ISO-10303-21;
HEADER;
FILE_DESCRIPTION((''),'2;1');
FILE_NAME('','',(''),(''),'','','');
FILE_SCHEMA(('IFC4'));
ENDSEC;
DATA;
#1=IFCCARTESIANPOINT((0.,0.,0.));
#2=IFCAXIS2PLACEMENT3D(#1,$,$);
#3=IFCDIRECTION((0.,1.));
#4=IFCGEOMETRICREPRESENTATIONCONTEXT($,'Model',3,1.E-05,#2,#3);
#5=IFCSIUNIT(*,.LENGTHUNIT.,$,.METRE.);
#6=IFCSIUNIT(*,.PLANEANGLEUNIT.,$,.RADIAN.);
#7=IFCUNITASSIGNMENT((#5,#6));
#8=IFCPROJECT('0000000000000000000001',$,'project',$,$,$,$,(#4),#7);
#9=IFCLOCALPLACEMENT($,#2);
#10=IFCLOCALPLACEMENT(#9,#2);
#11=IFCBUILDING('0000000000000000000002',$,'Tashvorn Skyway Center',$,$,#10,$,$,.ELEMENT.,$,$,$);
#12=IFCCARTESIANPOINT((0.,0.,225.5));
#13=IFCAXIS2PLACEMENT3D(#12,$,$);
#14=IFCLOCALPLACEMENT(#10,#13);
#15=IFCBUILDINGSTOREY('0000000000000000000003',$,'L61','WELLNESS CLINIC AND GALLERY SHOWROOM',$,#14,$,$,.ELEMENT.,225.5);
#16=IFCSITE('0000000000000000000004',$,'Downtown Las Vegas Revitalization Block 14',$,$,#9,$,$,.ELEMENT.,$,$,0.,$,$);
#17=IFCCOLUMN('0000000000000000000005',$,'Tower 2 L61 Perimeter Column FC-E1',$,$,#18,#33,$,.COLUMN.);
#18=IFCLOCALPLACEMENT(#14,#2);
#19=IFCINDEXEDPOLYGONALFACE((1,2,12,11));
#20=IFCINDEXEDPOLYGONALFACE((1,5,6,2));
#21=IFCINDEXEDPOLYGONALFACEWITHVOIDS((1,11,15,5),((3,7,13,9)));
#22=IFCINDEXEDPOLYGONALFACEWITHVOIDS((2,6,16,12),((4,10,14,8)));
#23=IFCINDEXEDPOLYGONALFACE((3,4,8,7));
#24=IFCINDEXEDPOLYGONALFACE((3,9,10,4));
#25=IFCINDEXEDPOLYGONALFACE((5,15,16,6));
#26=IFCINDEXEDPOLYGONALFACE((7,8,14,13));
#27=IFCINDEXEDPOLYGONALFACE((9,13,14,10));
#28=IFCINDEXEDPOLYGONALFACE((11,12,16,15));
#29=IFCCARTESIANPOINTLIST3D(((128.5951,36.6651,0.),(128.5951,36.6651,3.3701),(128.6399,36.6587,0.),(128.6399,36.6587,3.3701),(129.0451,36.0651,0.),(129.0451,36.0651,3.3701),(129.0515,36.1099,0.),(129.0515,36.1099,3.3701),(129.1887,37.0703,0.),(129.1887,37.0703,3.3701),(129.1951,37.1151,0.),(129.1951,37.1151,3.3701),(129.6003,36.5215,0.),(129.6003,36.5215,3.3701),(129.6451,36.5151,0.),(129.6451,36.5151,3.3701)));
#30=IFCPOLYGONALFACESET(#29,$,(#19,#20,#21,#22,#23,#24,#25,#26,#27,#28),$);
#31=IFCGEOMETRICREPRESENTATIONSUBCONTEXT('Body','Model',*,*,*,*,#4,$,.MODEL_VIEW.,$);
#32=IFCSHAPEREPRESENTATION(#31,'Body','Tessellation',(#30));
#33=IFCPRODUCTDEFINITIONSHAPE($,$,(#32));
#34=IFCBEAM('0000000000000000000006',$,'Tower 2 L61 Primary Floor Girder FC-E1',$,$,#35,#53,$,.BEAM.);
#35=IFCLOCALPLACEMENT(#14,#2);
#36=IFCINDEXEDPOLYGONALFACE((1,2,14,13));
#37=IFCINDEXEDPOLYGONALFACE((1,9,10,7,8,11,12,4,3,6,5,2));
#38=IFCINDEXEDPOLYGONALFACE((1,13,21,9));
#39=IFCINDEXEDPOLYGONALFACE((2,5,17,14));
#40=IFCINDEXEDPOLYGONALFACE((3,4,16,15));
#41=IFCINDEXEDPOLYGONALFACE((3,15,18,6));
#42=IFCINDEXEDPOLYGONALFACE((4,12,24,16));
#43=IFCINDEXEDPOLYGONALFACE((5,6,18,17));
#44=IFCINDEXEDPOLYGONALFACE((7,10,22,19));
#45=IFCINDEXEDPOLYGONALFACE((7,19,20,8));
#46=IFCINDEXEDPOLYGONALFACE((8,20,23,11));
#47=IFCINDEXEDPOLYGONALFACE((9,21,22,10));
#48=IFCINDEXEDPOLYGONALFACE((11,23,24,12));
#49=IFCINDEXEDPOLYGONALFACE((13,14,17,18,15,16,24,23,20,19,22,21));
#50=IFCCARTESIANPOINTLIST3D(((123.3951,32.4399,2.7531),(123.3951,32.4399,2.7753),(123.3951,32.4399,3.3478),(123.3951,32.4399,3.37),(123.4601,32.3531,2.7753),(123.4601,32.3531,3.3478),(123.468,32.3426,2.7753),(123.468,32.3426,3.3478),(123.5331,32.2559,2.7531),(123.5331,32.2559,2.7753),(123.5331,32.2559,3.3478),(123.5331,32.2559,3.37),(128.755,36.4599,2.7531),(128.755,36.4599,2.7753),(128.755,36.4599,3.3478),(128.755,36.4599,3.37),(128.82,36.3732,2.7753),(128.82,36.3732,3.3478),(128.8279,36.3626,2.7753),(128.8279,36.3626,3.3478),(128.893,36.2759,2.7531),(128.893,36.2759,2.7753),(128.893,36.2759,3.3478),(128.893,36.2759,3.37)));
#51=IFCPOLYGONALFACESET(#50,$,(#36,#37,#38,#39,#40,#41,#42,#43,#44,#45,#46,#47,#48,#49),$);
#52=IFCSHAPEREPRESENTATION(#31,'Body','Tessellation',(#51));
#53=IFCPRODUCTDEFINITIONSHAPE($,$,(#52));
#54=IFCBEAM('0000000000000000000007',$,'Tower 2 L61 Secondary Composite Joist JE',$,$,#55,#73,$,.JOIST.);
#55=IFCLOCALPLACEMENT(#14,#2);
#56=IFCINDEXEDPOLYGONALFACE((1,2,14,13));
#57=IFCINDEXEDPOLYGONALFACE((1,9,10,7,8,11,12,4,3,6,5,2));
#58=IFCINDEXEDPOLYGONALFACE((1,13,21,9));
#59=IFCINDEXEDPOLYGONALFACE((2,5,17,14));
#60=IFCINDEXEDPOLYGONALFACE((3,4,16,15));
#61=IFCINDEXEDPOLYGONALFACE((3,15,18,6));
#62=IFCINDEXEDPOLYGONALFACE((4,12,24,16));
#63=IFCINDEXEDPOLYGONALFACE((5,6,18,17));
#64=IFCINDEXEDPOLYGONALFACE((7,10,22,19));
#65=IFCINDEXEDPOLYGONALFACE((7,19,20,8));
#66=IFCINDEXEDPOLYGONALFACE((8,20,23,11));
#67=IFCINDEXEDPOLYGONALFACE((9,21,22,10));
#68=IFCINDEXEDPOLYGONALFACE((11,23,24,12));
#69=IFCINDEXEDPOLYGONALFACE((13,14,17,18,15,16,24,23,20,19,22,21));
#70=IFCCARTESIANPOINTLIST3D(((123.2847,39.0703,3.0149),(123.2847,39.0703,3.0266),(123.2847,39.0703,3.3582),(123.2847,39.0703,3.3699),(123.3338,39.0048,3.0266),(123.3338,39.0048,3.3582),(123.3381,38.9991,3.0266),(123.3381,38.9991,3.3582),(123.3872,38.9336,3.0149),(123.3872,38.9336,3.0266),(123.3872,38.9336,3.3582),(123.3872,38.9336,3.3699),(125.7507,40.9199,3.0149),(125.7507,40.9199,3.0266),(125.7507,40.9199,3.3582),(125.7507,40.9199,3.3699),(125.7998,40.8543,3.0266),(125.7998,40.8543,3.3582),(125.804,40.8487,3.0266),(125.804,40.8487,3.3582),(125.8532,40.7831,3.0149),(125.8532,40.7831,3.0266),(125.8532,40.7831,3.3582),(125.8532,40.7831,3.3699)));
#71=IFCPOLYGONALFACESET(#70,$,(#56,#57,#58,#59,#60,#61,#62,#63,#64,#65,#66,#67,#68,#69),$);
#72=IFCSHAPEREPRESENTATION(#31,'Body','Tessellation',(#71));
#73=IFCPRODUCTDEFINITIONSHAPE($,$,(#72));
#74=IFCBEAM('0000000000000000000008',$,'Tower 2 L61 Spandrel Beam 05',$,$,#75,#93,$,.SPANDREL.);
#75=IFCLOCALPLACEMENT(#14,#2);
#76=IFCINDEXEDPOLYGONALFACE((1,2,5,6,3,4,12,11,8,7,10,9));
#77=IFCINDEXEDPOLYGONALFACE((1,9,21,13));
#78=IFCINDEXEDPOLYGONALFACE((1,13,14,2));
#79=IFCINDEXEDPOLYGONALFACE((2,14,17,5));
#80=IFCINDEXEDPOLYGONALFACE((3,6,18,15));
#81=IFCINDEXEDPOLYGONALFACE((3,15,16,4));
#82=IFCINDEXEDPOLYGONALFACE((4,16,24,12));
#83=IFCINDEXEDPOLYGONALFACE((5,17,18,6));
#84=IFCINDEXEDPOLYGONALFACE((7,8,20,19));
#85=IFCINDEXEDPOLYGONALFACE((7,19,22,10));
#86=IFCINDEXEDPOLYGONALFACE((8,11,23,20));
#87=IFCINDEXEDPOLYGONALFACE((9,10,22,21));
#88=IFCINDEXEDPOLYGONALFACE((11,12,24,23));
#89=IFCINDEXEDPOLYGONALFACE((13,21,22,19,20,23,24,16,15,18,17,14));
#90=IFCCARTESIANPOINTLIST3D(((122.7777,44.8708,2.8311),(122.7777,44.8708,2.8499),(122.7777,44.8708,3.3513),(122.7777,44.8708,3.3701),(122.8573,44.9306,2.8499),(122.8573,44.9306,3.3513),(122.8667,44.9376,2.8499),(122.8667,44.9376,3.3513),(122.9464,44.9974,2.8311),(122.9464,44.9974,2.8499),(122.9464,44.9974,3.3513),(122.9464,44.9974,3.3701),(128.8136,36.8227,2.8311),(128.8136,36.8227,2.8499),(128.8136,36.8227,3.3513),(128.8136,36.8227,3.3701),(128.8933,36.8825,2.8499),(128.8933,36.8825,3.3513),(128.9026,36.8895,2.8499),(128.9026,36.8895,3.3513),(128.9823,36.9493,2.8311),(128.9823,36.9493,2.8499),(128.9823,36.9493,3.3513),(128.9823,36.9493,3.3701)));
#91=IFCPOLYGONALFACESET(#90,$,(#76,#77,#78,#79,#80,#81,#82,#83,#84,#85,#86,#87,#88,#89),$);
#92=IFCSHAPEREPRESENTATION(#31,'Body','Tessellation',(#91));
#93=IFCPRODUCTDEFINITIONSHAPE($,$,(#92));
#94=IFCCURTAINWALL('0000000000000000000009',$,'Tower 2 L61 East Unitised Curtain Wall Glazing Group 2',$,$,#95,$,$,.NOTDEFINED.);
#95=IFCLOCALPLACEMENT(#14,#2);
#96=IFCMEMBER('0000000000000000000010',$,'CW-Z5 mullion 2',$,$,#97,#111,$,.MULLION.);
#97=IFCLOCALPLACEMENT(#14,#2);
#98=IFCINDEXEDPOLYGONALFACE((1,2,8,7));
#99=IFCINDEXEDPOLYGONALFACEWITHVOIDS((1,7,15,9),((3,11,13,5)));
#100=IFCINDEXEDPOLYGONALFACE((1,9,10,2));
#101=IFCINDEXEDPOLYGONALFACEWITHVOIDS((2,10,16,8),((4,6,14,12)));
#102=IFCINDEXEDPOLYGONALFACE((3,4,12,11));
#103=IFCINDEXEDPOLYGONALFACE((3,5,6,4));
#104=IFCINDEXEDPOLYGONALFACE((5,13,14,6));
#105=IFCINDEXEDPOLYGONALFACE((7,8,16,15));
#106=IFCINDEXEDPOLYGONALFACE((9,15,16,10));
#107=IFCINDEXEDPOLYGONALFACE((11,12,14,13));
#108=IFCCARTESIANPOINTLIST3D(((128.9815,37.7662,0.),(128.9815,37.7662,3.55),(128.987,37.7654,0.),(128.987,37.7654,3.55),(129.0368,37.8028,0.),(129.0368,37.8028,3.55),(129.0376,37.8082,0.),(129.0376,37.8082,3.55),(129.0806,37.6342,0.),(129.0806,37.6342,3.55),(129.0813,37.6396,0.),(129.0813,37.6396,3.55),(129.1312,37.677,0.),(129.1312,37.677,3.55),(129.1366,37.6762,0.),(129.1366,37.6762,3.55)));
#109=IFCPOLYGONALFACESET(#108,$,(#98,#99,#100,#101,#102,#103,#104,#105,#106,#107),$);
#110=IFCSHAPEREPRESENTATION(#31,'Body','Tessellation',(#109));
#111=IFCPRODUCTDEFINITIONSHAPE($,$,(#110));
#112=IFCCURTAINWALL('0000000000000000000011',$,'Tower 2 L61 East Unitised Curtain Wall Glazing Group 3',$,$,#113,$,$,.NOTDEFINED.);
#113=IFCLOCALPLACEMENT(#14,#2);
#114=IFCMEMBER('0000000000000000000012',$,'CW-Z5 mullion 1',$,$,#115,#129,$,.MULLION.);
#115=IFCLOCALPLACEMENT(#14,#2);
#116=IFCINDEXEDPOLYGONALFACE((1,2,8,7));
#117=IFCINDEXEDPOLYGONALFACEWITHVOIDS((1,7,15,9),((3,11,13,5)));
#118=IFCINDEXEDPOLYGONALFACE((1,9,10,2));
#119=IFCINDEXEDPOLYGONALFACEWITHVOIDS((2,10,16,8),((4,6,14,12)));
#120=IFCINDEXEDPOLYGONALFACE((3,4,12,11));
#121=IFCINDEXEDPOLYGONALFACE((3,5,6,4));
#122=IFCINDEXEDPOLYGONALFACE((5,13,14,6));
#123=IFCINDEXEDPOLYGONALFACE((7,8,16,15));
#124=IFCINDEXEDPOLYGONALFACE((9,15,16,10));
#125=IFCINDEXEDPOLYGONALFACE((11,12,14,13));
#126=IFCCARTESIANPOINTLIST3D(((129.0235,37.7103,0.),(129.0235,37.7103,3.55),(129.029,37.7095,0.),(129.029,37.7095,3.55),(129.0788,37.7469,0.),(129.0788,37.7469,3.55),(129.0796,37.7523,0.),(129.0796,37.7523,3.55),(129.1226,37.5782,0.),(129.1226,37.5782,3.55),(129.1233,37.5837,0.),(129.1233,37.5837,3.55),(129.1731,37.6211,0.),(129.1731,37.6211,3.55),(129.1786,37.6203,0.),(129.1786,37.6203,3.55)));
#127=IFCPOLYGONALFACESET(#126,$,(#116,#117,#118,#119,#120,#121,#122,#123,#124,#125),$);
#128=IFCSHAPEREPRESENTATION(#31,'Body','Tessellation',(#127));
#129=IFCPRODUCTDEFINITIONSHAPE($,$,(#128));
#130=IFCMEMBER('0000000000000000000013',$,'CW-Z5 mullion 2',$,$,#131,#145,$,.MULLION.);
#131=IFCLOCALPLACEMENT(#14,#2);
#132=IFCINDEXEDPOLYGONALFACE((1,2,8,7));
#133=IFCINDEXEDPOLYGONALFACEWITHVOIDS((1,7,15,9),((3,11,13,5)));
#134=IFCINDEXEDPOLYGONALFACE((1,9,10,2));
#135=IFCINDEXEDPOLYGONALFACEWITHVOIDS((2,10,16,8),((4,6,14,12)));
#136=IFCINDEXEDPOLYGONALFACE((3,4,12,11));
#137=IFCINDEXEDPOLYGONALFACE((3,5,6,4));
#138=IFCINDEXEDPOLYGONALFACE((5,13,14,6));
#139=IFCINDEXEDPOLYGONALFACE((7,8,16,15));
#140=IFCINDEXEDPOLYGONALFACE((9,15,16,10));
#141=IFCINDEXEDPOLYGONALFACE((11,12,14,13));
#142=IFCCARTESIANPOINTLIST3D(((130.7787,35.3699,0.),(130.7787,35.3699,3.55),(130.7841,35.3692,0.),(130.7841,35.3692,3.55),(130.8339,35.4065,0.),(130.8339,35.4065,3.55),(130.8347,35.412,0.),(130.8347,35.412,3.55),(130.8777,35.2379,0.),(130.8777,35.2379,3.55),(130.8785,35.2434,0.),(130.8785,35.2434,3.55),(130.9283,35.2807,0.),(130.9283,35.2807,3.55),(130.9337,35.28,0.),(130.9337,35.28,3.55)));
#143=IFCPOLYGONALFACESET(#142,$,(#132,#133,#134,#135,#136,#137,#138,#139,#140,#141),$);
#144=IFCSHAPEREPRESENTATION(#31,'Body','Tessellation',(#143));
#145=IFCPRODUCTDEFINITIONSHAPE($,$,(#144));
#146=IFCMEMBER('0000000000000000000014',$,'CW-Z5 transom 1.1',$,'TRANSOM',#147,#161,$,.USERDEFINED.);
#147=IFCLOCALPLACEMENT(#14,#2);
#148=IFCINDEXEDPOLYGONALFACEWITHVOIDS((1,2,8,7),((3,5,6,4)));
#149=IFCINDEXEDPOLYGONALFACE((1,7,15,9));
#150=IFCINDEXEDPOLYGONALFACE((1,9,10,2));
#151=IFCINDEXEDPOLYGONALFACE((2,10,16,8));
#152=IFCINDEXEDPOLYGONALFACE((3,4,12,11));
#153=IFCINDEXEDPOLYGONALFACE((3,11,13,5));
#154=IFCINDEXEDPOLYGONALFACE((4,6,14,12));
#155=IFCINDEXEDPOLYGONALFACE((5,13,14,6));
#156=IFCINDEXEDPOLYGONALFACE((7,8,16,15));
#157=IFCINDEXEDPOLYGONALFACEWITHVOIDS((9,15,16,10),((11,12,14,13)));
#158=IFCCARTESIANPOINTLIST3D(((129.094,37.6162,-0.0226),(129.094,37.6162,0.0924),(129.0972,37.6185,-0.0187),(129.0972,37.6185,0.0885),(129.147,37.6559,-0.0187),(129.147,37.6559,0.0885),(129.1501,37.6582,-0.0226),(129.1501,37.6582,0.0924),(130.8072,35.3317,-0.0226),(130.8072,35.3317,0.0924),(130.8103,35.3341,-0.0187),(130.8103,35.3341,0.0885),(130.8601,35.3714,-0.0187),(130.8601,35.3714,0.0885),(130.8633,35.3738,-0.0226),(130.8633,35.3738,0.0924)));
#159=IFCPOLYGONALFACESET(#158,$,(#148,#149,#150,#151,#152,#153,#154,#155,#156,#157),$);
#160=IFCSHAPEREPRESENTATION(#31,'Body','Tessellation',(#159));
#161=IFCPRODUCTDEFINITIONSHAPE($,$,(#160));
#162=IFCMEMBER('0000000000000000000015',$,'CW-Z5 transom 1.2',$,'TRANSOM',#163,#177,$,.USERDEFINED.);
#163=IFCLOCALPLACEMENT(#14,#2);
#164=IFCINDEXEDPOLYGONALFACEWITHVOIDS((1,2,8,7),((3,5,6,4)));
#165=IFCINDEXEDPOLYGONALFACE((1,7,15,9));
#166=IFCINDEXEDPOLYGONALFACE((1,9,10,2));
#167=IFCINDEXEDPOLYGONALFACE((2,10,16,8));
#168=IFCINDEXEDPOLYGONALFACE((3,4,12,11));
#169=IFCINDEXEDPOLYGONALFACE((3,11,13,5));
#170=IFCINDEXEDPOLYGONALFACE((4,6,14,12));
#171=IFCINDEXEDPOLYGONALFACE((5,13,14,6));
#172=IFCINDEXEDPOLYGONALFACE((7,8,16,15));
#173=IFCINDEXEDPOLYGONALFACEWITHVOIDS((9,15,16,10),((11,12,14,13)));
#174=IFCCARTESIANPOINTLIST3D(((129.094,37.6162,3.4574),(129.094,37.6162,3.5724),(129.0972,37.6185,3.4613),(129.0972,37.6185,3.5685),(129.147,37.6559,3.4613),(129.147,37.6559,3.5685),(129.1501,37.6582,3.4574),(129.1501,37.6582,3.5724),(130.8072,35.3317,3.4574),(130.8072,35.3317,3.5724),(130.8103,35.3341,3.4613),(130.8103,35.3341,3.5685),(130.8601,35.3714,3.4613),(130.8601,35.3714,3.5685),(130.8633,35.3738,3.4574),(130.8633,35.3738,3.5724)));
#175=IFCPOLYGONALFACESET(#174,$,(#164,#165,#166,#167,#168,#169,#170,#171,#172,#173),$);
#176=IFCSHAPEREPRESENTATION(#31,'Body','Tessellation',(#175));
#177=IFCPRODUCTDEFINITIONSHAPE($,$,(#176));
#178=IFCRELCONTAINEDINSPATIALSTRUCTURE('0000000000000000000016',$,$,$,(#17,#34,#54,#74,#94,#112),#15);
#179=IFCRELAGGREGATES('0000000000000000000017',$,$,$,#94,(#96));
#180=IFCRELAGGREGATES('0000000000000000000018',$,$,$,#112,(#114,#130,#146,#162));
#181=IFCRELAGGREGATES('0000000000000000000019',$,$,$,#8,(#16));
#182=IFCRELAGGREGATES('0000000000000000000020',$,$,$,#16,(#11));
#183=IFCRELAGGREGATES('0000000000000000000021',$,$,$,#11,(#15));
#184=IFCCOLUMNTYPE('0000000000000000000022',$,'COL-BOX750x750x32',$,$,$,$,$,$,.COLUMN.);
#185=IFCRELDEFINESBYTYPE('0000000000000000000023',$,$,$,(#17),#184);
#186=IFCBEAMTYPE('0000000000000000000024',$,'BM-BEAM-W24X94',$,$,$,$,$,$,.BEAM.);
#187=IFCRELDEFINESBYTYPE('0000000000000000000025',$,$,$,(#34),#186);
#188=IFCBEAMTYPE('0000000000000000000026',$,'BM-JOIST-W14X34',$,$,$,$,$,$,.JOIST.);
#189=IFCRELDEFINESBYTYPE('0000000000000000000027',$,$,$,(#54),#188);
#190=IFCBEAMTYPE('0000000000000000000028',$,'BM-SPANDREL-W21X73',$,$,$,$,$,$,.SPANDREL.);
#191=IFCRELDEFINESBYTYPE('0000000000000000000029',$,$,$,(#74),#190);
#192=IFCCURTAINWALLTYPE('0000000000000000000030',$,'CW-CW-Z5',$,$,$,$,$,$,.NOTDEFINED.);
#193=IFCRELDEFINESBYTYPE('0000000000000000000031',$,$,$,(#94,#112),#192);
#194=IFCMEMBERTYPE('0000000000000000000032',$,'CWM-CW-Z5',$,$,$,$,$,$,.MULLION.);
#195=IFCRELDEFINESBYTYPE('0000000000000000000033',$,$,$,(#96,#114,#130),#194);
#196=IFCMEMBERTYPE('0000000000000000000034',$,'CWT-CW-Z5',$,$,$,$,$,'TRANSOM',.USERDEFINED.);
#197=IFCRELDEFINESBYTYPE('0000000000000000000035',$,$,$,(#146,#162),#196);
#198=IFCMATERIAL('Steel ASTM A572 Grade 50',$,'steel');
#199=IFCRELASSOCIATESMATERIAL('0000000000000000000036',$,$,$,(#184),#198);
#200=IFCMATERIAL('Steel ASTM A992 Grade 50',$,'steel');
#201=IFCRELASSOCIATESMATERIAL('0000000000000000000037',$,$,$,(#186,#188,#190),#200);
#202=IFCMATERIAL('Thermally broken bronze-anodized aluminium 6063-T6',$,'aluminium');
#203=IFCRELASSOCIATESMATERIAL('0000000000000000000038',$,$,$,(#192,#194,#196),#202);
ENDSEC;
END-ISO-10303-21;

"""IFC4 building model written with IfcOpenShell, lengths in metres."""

from ifc_helpers import new_model, si_unit, direction, frame, origin, origin_2d, place, context, subcontext, project, spatial, hollow_rectangle, i_section, extrude, material, material_profile, profile_set, type_object, element, aggregate, save


model = new_model("IFC4")

# Units and contexts
model_context = context("Model", 3, precision=1e-05, world=origin(), true_north=direction((0.0, 1.0)))
body_context = subcontext(model_context, "Body", "Model", "MODEL_VIEW")
ifc_project = project(units=[si_unit("LENGTHUNIT", "METRE"), si_unit("PLANEANGLEUNIT", "RADIAN")], contexts=[model_context])

# Site, building, storey
site_placement = place(None, origin())
site = spatial("IfcSite", under=ifc_project, at=site_placement, Name="Downtown Las Vegas Revitalization Block 14", CompositionType="ELEMENT", RefElevation=0.0)
building_placement = place(site_placement, origin())
building = spatial("IfcBuilding", under=site, at=building_placement, Name="Tashvorn Skyway Center", CompositionType="ELEMENT")
storey_placement = place(building_placement, frame((0.0, 0.0, 225.5)))
storey = spatial("IfcBuildingStorey", under=building, at=storey_placement, Name="L61", Description="WELLNESS CLINIC AND GALLERY SHOWROOM", CompositionType="ELEMENT", Elevation=225.5)

# Column
ifc_material_1 = material(Name="Steel ASTM A572 Grade 50", Category="steel")
ifc_material_profile_1 = material_profile(ifc_material_1, hollow_rectangle(XDim=0.75, YDim=0.75, WallThickness=0.032, at=origin_2d()), Name="BOX750x750x32")
ifc_profile_set_1 = profile_set([ifc_material_profile_1], Name="Steel ASTM A572 Grade 50")
column_type = type_object("IfcColumnType", Name="COL-BOX750x750x32", PredefinedType="COLUMN", material=ifc_profile_set_1)
column_placement = place(storey_placement, frame((129.1201, 36.5901, 0.0), z_axis=(0.0, 0.0, 1.0), x_axis=(0.8, 0.6, 0.0)))
element("IfcColumn", 1, at=column_placement, inside=storey, type_object=column_type, Name="Tower 2 L61 Perimeter Column FC-E1", PredefinedType="COLUMN", context=body_context, shape_type="SweptSolid", body=[
    extrude(hollow_rectangle(XDim=0.75, YDim=0.75, WallThickness=0.032, at=origin_2d()), origin(), (0.0, 0.0, 1.0), 3.3701),
])

# Beams
ifc_material_2 = material(Name="Steel ASTM A992 Grade 50", Category="steel")
ifc_material_profile_2 = material_profile(ifc_material_2, i_section(OverallWidth=0.23, OverallDepth=0.6169, WebThickness=0.0132, FlangeThickness=0.0222, at=origin_2d()), Name="W24X94")
ifc_profile_set_2 = profile_set([ifc_material_profile_2], Name="Steel ASTM A992 Grade 50")
beam_type_1 = type_object("IfcBeamType", Name="BM-BEAM-W24X94", PredefinedType="BEAM", material=ifc_profile_set_2)
beam_1_placement = place(storey_placement, frame((128.824, 36.3679, 3.0615), z_axis=(-0.799991, -0.600012, 0.0), x_axis=(0.600012, -0.799991, 0.0)))
element("IfcBeam", 2, at=beam_1_placement, inside=storey, type_object=beam_type_1, Name="Tower 2 L61 Primary Floor Girder FC-E1", PredefinedType="BEAM", context=body_context, shape_type="SweptSolid", body=[
    extrude(i_section(OverallWidth=0.23, OverallDepth=0.6169, WebThickness=0.0132, FlangeThickness=0.0222, at=origin_2d()), origin(), (0.0, 0.0, 1.0), 6.7),
])
ifc_material_profile_3 = material_profile(ifc_material_2, i_section(OverallWidth=0.1709, OverallDepth=0.355, WebThickness=0.0071, FlangeThickness=0.0117, at=origin_2d()), Name="W14X34")
ifc_profile_set_3 = profile_set([ifc_material_profile_3], Name="Steel ASTM A992 Grade 50")
beam_type_2 = type_object("IfcBeamType", Name="BM-JOIST-W14X34", PredefinedType="JOIST", material=ifc_profile_set_3)
beam_2_placement = place(storey_placement, frame((123.3359, 39.002, 3.1924), z_axis=(0.79999, 0.600013, 0.0), x_axis=(-0.600013, 0.79999, 0.0)))
element("IfcBeam", 3, at=beam_2_placement, inside=storey, type_object=beam_type_2, Name="Tower 2 L61 Secondary Composite Joist JE", PredefinedType="JOIST", context=body_context, shape_type="SweptSolid", body=[
    extrude(i_section(OverallWidth=0.1709, OverallDepth=0.355, WebThickness=0.0071, FlangeThickness=0.0117, at=origin_2d()), origin(), (0.0, 0.0, 1.0), 3.0825),
])
ifc_material_profile_4 = material_profile(ifc_material_2, i_section(OverallWidth=0.2109, OverallDepth=0.5391, WebThickness=0.0117, FlangeThickness=0.0188, at=origin_2d()), Name="W21X73")
ifc_profile_set_4 = profile_set([ifc_material_profile_4], Name="Steel ASTM A992 Grade 50")
beam_type_3 = type_object("IfcBeamType", Name="BM-SPANDREL-W21X73", PredefinedType="SPANDREL", material=ifc_profile_set_4)
beam_3_placement = place(storey_placement, frame((128.8979, 36.886, 3.1006), z_axis=(-0.599988, 0.800009, 0.0), x_axis=(-0.800009, -0.599988, 0.0)))
element("IfcBeam", 4, at=beam_3_placement, inside=storey, type_object=beam_type_3, Name="Tower 2 L61 Spandrel Beam 05", PredefinedType="SPANDREL", context=body_context, shape_type="SweptSolid", body=[
    extrude(i_section(OverallWidth=0.2109, OverallDepth=0.5391, WebThickness=0.0117, FlangeThickness=0.0188, at=origin_2d()), origin(), (0.0, 0.0, 1.0), 10.0601),
])

# Curtain wall, member
ifc_material_3 = material(Name="Thermally broken bronze-anodized aluminium 6063-T6", Category="aluminium")
curtain_wall_type = type_object("IfcCurtainWallType", Name="CW-CW-Z5", PredefinedType="NOTDEFINED", material=ifc_material_3)
curtain_wall_1_placement = place(storey_placement, origin())
curtain_wall_1 = element("IfcCurtainWall", 5, at=curtain_wall_1_placement, inside=storey, type_object=curtain_wall_type, Name="Tower 2 L61 East Unitised Curtain Wall Glazing Group 2", PredefinedType="NOTDEFINED")
ifc_material_profile_5 = material_profile(ifc_material_3, hollow_rectangle(XDim=0.0701, YDim=0.165, WallThickness=0.0039, at=origin_2d()), Name="ALU-MULL-70x165")
ifc_profile_set_5 = profile_set([ifc_material_profile_5], Name="Thermally broken bronze-anodized aluminium 6063-T6")
member_type_1 = type_object("IfcMemberType", Name="CWM-CW-Z5", PredefinedType="MULLION", material=ifc_profile_set_5)
member_1_placement = place(storey_placement, frame((129.0591, 37.7212, 0.0), z_axis=(0.0, 0.0, 1.0), x_axis=(0.800003, 0.599996, 0.0)))
member_1 = element("IfcMember", 6, at=member_1_placement, type_object=member_type_1, Name="CW-Z5 mullion 2", PredefinedType="MULLION", context=body_context, shape_type="SweptSolid", body=[
    extrude(hollow_rectangle(XDim=0.0701, YDim=0.165, WallThickness=0.0039, at=origin_2d()), origin(), (0.0, 0.0, 1.0), 3.55),
])
aggregate(curtain_wall_1, [member_1])

# Curtain wall, members
curtain_wall_2_placement = place(storey_placement, origin())
curtain_wall_2 = element("IfcCurtainWall", 7, at=curtain_wall_2_placement, inside=storey, type_object=curtain_wall_type, Name="Tower 2 L61 East Unitised Curtain Wall Glazing Group 3", PredefinedType="NOTDEFINED")
member_2_placement = place(storey_placement, frame((129.1011, 37.6653, 0.0), z_axis=(0.0, 0.0, 1.0), x_axis=(0.8, 0.6, 0.0)))
member_2 = element("IfcMember", 8, at=member_2_placement, type_object=member_type_1, Name="CW-Z5 mullion 1", PredefinedType="MULLION", context=body_context, shape_type="SweptSolid", body=[
    extrude(hollow_rectangle(XDim=0.0701, YDim=0.165, WallThickness=0.0039, at=origin_2d()), origin(), (0.0, 0.0, 1.0), 3.55),
])
member_3_placement = place(storey_placement, frame((130.8562, 35.325, 0.0), z_axis=(0.0, 0.0, 1.0), x_axis=(0.8, 0.6, 0.0)))
member_3 = element("IfcMember", 9, at=member_3_placement, type_object=member_type_1, Name="CW-Z5 mullion 2", PredefinedType="MULLION", context=body_context, shape_type="SweptSolid", body=[
    extrude(hollow_rectangle(XDim=0.0701, YDim=0.165, WallThickness=0.0039, at=origin_2d()), origin(), (0.0, 0.0, 1.0), 3.55),
])
ifc_material_profile_6 = material_profile(ifc_material_3, hollow_rectangle(XDim=0.0701, YDim=0.115, WallThickness=0.0039, at=origin_2d()), Name="ALU-TRAN-70x115")
ifc_profile_set_6 = profile_set([ifc_material_profile_6], Name="Thermally broken bronze-anodized aluminium 6063-T6")
member_type_2 = type_object("IfcMemberType", Name="CWT-CW-Z5", ElementType="TRANSOM", PredefinedType="USERDEFINED", material=ifc_profile_set_6)
member_4_placement = place(storey_placement, frame((129.1221, 37.6372, 0.0349), z_axis=(0.599959, -0.800031, 0.0), x_axis=(0.800031, 0.599959, 0.0)))
member_4 = element("IfcMember", 10, at=member_4_placement, type_object=member_type_2, Name="CW-Z5 transom 1.1", ObjectType="TRANSOM", PredefinedType="USERDEFINED", context=body_context, shape_type="SweptSolid", body=[
    extrude(hollow_rectangle(XDim=0.0701, YDim=0.115, WallThickness=0.0039, at=origin_2d()), origin(), (0.0, 0.0, 1.0), 2.8555),
])
member_5_placement = place(storey_placement, frame((129.1221, 37.6372, 3.5149), z_axis=(0.599959, -0.800031, 0.0), x_axis=(0.800031, 0.599959, 0.0)))
member_5 = element("IfcMember", 11, at=member_5_placement, type_object=member_type_2, Name="CW-Z5 transom 1.2", ObjectType="TRANSOM", PredefinedType="USERDEFINED", context=body_context, shape_type="SweptSolid", body=[
    extrude(hollow_rectangle(XDim=0.0701, YDim=0.115, WallThickness=0.0039, at=origin_2d()), origin(), (0.0, 0.0, 1.0), 2.8555),
])
aggregate(curtain_wall_2, [member_2, member_3, member_4, member_5])

save(model, "model.ifc")
